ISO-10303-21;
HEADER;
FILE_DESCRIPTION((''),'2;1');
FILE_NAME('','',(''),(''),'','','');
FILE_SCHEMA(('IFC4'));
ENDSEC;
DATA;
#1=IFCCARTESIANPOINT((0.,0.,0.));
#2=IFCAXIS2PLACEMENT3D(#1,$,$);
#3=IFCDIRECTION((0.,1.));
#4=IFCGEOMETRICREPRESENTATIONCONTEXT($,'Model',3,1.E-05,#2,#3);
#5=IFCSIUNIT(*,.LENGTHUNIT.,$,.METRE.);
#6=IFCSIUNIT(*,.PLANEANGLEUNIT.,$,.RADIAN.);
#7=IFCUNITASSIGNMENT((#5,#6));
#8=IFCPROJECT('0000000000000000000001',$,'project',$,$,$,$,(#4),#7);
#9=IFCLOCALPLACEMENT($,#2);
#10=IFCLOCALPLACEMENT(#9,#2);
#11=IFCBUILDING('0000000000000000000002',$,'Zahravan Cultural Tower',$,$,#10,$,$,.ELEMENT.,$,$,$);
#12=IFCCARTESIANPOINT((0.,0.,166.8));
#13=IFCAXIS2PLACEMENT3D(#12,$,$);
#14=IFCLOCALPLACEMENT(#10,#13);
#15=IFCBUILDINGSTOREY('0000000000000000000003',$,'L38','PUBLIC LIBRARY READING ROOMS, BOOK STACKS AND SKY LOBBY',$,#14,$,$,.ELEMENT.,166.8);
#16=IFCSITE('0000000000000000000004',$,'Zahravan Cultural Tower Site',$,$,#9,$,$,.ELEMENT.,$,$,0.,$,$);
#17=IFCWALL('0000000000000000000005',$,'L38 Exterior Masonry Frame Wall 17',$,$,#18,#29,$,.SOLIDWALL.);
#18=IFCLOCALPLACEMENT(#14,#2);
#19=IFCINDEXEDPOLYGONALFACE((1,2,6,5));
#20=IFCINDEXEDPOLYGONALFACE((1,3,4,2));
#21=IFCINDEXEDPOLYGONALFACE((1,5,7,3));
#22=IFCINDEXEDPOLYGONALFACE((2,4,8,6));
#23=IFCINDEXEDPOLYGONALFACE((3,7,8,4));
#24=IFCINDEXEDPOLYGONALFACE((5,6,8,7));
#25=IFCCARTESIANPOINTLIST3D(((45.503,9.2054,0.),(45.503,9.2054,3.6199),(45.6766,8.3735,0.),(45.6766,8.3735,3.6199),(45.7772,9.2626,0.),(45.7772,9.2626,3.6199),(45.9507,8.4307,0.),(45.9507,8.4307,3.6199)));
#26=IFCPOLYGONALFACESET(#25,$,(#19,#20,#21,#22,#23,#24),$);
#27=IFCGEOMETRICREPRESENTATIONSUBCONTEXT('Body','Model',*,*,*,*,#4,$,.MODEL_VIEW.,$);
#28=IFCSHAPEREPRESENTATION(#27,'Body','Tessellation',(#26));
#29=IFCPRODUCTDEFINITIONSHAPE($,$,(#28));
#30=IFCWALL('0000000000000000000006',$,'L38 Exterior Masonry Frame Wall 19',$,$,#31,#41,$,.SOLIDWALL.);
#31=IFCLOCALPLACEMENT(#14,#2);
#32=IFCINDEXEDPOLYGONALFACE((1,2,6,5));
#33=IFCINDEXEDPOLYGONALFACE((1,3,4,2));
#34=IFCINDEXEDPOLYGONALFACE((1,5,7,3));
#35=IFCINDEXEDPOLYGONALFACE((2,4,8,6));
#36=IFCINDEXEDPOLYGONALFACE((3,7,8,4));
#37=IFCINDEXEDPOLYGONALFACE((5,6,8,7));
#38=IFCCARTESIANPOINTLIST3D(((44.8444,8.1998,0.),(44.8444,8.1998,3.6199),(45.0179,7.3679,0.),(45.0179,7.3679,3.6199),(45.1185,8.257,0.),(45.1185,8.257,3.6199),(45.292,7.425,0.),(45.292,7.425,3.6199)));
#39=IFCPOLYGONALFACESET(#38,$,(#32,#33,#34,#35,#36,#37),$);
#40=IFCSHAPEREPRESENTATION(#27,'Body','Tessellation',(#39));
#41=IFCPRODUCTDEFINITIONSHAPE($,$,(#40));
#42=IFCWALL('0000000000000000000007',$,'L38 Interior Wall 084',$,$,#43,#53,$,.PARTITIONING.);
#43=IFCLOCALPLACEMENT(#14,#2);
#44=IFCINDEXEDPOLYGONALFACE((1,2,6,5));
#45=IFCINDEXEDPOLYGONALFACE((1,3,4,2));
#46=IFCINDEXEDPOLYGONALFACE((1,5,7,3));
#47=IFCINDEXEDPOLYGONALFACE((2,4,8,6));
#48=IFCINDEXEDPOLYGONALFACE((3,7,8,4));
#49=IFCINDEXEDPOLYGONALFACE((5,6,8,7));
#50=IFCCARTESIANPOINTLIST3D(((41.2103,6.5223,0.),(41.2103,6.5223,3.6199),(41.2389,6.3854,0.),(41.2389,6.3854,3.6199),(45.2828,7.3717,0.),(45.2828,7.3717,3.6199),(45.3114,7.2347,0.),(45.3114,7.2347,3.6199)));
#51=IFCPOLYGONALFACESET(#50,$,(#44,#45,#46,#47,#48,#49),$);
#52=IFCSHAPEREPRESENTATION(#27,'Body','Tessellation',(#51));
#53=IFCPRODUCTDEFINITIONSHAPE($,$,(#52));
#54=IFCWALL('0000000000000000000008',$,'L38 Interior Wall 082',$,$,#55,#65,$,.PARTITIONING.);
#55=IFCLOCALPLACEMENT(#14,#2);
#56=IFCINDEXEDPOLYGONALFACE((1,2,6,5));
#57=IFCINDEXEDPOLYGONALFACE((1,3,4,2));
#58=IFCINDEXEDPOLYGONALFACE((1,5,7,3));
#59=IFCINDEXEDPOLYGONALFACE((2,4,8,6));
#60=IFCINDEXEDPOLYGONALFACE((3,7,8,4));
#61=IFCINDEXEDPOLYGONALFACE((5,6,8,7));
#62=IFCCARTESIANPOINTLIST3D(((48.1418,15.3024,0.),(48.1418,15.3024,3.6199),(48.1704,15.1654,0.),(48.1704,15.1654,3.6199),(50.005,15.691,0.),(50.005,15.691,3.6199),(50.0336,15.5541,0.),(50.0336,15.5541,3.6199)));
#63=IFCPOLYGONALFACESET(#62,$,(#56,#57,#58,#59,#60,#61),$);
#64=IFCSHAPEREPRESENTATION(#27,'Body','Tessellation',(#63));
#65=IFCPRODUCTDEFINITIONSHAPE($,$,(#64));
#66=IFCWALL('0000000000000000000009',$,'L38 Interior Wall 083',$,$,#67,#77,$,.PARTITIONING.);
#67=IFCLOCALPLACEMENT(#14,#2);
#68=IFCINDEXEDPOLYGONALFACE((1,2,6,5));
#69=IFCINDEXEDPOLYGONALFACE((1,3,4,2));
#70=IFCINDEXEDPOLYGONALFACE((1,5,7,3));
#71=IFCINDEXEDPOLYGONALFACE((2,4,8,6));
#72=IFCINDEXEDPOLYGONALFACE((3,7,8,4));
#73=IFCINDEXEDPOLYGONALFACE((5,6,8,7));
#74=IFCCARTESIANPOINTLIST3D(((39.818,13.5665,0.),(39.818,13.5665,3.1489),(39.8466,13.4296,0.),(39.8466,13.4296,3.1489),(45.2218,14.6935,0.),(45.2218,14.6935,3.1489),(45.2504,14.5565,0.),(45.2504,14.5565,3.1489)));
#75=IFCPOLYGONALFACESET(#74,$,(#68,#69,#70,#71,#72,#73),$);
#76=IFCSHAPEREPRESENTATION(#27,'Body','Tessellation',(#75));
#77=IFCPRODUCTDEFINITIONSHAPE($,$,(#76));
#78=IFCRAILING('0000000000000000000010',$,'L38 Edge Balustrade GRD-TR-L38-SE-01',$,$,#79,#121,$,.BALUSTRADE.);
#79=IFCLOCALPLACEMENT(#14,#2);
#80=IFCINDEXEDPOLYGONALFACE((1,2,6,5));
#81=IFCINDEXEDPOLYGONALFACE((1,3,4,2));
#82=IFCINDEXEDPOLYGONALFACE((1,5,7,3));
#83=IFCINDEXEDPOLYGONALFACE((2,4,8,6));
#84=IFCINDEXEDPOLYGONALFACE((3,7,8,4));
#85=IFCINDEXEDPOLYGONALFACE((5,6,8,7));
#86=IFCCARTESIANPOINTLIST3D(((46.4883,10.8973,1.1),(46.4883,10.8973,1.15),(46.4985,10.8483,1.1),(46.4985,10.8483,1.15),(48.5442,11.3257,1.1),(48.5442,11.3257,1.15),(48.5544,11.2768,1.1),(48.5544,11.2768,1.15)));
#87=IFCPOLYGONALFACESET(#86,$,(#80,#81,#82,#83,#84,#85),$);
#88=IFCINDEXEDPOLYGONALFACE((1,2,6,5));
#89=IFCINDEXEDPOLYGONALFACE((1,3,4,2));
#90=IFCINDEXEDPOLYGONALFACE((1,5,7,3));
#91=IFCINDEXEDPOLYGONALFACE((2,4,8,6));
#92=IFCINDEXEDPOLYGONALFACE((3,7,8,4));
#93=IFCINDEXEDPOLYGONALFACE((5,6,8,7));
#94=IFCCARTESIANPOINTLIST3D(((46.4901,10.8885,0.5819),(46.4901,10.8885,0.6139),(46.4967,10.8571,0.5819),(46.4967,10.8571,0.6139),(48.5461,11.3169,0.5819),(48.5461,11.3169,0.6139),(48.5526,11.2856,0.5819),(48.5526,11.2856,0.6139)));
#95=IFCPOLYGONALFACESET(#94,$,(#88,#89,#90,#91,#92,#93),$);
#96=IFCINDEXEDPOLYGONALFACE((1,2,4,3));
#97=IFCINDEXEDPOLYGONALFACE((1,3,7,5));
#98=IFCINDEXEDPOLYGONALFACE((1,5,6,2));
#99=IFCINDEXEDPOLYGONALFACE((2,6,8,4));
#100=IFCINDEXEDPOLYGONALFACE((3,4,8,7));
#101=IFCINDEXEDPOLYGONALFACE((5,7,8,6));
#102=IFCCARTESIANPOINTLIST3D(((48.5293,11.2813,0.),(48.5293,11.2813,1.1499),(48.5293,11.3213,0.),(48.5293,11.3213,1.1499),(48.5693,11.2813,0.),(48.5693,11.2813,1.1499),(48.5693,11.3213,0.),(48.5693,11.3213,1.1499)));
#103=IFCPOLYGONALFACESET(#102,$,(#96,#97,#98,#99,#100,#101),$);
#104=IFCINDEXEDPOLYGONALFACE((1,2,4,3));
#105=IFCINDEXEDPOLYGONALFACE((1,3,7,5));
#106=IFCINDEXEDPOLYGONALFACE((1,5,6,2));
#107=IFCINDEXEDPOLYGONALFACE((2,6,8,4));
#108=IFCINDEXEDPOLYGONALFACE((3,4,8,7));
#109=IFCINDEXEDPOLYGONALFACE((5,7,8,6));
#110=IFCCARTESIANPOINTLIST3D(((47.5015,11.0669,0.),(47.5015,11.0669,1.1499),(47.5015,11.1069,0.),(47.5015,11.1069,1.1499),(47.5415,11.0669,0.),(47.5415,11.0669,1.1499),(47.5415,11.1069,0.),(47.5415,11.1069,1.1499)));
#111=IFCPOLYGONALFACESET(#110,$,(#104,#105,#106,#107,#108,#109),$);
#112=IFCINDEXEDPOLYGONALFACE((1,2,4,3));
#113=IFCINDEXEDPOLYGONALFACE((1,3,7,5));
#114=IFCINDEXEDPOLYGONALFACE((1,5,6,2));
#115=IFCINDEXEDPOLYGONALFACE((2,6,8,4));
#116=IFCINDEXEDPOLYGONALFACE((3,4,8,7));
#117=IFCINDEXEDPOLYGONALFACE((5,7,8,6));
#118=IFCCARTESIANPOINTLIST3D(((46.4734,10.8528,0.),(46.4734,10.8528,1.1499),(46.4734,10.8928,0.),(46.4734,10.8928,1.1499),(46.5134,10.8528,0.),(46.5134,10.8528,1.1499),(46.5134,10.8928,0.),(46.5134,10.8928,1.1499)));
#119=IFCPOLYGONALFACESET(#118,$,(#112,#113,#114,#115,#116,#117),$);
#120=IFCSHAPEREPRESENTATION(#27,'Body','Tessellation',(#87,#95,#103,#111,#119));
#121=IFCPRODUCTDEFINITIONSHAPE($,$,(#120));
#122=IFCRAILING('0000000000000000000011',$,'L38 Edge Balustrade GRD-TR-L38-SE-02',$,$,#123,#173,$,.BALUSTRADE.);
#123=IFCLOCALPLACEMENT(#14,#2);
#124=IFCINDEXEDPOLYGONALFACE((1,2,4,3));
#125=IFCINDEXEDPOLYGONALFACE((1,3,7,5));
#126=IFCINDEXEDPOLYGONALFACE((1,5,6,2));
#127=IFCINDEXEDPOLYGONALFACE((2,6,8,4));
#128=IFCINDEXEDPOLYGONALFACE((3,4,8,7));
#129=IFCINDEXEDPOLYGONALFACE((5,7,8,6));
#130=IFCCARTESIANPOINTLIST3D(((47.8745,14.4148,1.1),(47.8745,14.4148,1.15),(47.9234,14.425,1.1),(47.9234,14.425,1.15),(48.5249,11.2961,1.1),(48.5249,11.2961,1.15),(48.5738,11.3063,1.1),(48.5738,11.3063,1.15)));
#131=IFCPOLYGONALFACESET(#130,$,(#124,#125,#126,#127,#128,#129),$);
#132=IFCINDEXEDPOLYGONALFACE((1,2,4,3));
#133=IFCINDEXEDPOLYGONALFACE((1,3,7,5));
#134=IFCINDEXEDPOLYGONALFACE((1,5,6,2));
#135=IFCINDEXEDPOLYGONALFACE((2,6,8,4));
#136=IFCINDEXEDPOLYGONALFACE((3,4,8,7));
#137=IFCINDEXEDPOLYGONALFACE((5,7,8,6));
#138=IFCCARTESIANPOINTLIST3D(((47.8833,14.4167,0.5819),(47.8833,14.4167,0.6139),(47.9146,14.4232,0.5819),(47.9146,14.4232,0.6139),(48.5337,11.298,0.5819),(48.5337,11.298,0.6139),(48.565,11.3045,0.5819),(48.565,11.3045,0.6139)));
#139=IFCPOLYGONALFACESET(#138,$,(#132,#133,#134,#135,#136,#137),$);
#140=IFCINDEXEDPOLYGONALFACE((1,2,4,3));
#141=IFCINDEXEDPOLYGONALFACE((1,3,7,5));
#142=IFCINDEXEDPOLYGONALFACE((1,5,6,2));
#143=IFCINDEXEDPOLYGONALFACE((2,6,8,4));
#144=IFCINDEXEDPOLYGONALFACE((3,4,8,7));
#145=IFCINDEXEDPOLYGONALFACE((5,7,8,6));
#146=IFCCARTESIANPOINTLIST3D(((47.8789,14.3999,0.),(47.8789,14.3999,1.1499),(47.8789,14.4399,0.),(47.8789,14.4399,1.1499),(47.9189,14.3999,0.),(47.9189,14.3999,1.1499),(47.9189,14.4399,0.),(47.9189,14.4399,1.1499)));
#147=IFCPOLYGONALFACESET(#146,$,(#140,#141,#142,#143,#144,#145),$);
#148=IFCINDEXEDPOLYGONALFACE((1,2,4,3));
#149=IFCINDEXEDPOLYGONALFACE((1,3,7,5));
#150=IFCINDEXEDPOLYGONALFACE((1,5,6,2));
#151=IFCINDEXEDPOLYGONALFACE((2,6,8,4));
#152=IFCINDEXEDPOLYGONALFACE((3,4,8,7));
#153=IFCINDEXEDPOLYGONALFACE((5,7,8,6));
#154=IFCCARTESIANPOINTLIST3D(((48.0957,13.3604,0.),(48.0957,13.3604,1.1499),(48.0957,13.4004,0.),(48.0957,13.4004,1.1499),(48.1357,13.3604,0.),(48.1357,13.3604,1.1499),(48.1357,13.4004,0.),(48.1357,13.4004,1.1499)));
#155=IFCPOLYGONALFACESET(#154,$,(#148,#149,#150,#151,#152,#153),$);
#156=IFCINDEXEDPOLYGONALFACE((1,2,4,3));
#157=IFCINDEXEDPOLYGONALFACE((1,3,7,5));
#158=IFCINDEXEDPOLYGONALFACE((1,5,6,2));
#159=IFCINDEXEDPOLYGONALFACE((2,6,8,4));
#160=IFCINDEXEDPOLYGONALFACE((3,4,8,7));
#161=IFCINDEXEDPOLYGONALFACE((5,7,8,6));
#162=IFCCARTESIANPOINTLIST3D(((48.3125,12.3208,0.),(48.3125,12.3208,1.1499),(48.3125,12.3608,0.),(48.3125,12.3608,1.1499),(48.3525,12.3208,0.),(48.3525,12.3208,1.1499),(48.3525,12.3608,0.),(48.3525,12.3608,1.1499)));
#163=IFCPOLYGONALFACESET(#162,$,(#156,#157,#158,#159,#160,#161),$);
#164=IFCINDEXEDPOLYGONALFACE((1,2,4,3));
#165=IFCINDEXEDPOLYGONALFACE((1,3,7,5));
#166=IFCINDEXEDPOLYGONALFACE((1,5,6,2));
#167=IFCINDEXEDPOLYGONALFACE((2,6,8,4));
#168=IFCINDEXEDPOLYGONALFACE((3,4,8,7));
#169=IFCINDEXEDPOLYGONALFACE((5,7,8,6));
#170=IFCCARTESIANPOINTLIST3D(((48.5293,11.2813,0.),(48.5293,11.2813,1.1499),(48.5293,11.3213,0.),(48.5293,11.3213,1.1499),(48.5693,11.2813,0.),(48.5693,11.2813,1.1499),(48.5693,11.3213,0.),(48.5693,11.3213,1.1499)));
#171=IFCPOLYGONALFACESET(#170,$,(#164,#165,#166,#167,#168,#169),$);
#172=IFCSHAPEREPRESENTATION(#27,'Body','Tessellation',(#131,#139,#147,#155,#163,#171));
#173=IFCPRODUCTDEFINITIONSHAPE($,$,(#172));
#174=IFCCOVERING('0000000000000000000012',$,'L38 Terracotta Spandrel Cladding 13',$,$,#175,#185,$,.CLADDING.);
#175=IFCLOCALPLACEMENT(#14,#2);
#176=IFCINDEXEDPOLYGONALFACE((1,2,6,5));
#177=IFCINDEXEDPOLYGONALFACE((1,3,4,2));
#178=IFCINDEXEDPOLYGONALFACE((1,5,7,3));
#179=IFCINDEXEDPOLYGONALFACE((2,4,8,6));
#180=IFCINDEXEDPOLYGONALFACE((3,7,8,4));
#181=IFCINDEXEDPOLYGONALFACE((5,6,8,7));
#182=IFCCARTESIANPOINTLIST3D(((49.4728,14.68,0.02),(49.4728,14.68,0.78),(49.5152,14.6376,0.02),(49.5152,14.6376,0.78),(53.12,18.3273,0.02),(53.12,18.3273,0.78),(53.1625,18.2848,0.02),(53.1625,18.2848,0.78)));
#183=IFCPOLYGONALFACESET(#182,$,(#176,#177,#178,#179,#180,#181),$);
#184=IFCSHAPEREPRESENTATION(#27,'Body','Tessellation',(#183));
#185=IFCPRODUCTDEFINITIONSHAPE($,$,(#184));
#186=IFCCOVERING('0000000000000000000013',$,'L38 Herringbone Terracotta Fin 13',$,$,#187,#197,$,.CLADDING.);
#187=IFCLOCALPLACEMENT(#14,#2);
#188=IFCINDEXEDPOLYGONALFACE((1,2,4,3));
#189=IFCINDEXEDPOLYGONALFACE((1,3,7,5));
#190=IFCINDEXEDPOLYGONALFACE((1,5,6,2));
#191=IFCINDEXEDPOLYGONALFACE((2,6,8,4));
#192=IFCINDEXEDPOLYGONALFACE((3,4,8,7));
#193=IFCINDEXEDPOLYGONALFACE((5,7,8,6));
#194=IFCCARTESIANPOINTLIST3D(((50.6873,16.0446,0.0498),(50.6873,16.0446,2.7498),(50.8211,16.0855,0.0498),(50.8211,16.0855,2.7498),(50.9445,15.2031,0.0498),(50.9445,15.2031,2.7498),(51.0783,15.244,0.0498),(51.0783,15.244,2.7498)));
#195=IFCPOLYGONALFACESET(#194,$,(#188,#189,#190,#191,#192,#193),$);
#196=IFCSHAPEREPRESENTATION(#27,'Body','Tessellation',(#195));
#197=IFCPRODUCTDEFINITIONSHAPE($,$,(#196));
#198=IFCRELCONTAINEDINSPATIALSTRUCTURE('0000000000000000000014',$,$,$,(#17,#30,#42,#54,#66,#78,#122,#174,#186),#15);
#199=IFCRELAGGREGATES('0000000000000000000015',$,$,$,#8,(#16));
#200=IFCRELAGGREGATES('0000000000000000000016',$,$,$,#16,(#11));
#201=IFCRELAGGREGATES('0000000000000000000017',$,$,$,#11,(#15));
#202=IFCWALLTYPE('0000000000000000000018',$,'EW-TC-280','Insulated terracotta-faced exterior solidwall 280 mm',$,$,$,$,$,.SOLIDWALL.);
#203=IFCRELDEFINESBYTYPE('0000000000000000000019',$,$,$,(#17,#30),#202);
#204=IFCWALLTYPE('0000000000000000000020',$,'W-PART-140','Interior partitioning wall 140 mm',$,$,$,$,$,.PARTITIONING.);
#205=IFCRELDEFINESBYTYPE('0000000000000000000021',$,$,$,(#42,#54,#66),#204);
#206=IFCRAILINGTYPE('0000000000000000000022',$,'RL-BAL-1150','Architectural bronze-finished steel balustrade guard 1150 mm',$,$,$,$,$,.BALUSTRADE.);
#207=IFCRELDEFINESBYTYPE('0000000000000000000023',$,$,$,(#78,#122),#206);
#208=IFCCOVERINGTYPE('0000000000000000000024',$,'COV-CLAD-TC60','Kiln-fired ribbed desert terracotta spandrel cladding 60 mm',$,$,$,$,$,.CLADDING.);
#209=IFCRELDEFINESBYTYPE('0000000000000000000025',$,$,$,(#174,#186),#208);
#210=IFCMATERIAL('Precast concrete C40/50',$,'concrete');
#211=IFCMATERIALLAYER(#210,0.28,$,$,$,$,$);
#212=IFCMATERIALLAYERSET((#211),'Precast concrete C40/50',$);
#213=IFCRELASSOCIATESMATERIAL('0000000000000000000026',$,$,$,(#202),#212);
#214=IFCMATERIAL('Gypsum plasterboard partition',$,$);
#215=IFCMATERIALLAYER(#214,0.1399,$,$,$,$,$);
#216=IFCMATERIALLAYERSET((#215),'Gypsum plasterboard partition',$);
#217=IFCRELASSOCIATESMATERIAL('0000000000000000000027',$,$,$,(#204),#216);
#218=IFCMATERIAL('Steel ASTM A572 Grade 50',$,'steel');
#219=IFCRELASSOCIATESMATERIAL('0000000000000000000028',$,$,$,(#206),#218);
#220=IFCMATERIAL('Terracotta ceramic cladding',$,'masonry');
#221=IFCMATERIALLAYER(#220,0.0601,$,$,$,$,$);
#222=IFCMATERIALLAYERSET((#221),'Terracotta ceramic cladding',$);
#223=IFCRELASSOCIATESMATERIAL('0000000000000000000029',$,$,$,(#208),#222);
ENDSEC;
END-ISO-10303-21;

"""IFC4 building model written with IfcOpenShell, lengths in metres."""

from ifc_helpers import new_model, si_unit, direction, frame, frame_2d, origin, origin_2d, place, context, subcontext, project, spatial, rectangle, extrude, source, transform, mapped, material, layer, layer_set, type_object, element, save


model = new_model("IFC4")

# Units and contexts
model_context = context("Model", 3, precision=1e-05, world=origin(), true_north=direction((0.0, 1.0)))
body_context = subcontext(model_context, "Body", "Model", "MODEL_VIEW")
ifc_project = project(units=[si_unit("LENGTHUNIT", "METRE"), si_unit("PLANEANGLEUNIT", "RADIAN")], contexts=[model_context])

# Site, building, storey
site_placement = place(None, origin())
site = spatial("IfcSite", under=ifc_project, at=site_placement, Name="Zahravan Cultural Tower Site", CompositionType="ELEMENT", RefElevation=0.0)
building_placement = place(site_placement, origin())
building = spatial("IfcBuilding", under=site, at=building_placement, Name="Zahravan Cultural Tower", CompositionType="ELEMENT")
storey_placement = place(building_placement, frame((0.0, 0.0, 166.8)))
storey = spatial("IfcBuildingStorey", under=building, at=storey_placement, Name="L38", Description="PUBLIC LIBRARY READING ROOMS, BOOK STACKS AND SKY LOBBY", CompositionType="ELEMENT", Elevation=166.8)

# Shared definitions
ifc_material_1 = material(Name="Precast concrete C40/50", Category="concrete")
ifc_layer_1 = layer(ifc_material_1, 0.28)
ifc_layer_set_1 = layer_set([ifc_layer_1], Name="Precast concrete C40/50")
wall_type_1 = type_object("IfcWallType", Name="EW-TC-280", Description="Insulated terracotta-faced exterior solidwall 280 mm", PredefinedType="SOLIDWALL", material=ifc_layer_set_1)

# Walls
shared_shape_1 = source(origin(), body_context, "Body", "SweptSolid", [
    extrude(rectangle(XDim=0.8499, YDim=0.28, at=frame_2d((0.4248, 0.0))), origin(), (0.0, 0.0, 1.0), 3.6199),
])
for number, where, z_axis, x_axis, name in (
    (1, (45.6401, 9.2339, 0.0), (0.0, 0.0, 1.0), (0.20423, -0.978923, 0.0), "L38 Exterior Masonry Frame Wall 17"),
    (2, (44.9814, 8.2283, 0.0), (0.0, 0.0, 1.0), (0.20423, -0.978923, 0.0), "L38 Exterior Masonry Frame Wall 19"),
):
    element("IfcWall", number, at=place(storey_placement, frame(where, z_axis=z_axis, x_axis=x_axis)), inside=storey, type_object=wall_type_1, Name=name, PredefinedType="SOLIDWALL", context=body_context, shape_type="MappedRepresentation", body=[
        mapped(shared_shape_1, transform((0.0, 0.0, 0.0), x_axis=(1.0, 0.0, 0.0), y_axis=(0.0, 1.0, 0.0), z_axis=(0.0, 0.0, 1.0), scale=1.0)),
    ])
ifc_material_2 = material(Name="Gypsum plasterboard partition")
ifc_layer_2 = layer(ifc_material_2, 0.1399)
ifc_layer_set_2 = layer_set([ifc_layer_2], Name="Gypsum plasterboard partition")
wall_type_2 = type_object("IfcWallType", Name="W-PART-140", Description="Interior partitioning wall 140 mm", PredefinedType="PARTITIONING", material=ifc_layer_set_2)
shared_shape_2 = source(origin(), body_context, "Body", "SweptSolid", [
    extrude(rectangle(XDim=4.1602, YDim=0.1399, at=frame_2d((2.0801, 0.0))), origin(), (0.0, 0.0, 1.0), 3.6199),
])
wall_1_placement = place(storey_placement, frame((45.2971, 7.3032, 0.0), z_axis=(0.0, 0.0, 1.0), x_axis=(-0.978936, -0.204168, 0.0)))
element("IfcWall", 3, at=wall_1_placement, inside=storey, type_object=wall_type_2, Name="L38 Interior Wall 084", PredefinedType="PARTITIONING", context=body_context, shape_type="MappedRepresentation", body=[
    mapped(shared_shape_2, transform((0.0, 0.0, 0.0), x_axis=(1.0, 0.0, 0.0), y_axis=(0.0, 1.0, 0.0), z_axis=(0.0, 0.0, 1.0), scale=1.0)),
])
shared_shape_3 = source(origin(), body_context, "Body", "SweptSolid", [
    extrude(rectangle(XDim=1.9033, YDim=0.1399, at=frame_2d((0.9517, 0.0))), origin(), (0.0, 0.0, 1.0), 3.6199),
])
wall_2_placement = place(storey_placement, frame((50.0193, 15.6226, 0.0), z_axis=(0.0, 0.0, 1.0), x_axis=(-0.978929, -0.2042, 0.0)))
element("IfcWall", 4, at=wall_2_placement, inside=storey, type_object=wall_type_2, Name="L38 Interior Wall 082", PredefinedType="PARTITIONING", context=body_context, shape_type="MappedRepresentation", body=[
    mapped(shared_shape_3, transform((0.0, 0.0, 0.0), x_axis=(1.0, 0.0, 0.0), y_axis=(0.0, 1.0, 0.0), z_axis=(0.0, 0.0, 1.0), scale=1.0)),
])
shared_shape_4 = source(origin(), body_context, "Body", "SweptSolid", [
    extrude(rectangle(XDim=5.52, YDim=0.1399, at=frame_2d((2.76, 0.0))), origin(), (0.0, 0.0, 1.0), 3.1489),
])
wall_3_placement = place(storey_placement, frame((45.2361, 14.625, 0.0), z_axis=(0.0, 0.0, 1.0), x_axis=(-0.978938, -0.204156, 0.0)))
element("IfcWall", 5, at=wall_3_placement, inside=storey, type_object=wall_type_2, Name="L38 Interior Wall 083", PredefinedType="PARTITIONING", context=body_context, shape_type="MappedRepresentation", body=[
    mapped(shared_shape_4, transform((0.0, 0.0, 0.0), x_axis=(1.0, 0.0, 0.0), y_axis=(0.0, 1.0, 0.0), z_axis=(0.0, 0.0, 1.0), scale=1.0)),
])

# Railings
ifc_material_3 = material(Name="Steel ASTM A572 Grade 50", Category="steel")
railing_type = type_object("IfcRailingType", Name="RL-BAL-1150", Description="Architectural bronze-finished steel balustrade guard 1150 mm", PredefinedType="BALUSTRADE", material=ifc_material_3)
railing_1_placement = place(storey_placement, frame((48.5493, 11.3013, 0.0)))
element("IfcRailing", 6, at=railing_1_placement, inside=storey, type_object=railing_type, Name="L38 Edge Balustrade GRD-TR-L38-SE-01", PredefinedType="BALUSTRADE", context=body_context, shape_type="SweptSolid", body=[
    extrude(rectangle(XDim=0.05, YDim=0.05, at=origin_2d()), frame((0.0, 0.0, 1.125), z_axis=(-0.978966, -0.204024, 0.0), x_axis=(0.204024, -0.978966, 0.0)), (0.0, 0.0, 1.0), 2.1001),
    extrude(rectangle(XDim=0.032, YDim=0.032, at=origin_2d()), frame((0.0, 0.0, 0.5979), z_axis=(-0.978966, -0.204024, 0.0), x_axis=(0.204024, -0.978966, 0.0)), (0.0, 0.0, 1.0), 2.1001),
    extrude(rectangle(XDim=0.04, YDim=0.04, at=origin_2d()), origin(), (0.0, 0.0, 1.0), 1.1499),
    extrude(rectangle(XDim=0.04, YDim=0.04, at=origin_2d()), frame((-1.0278, -0.2144, 0.0)), (0.0, 0.0, 1.0), 1.1499),
    extrude(rectangle(XDim=0.04, YDim=0.04, at=origin_2d()), frame((-2.0559, -0.4285, 0.0)), (0.0, 0.0, 1.0), 1.1499),
])
railing_2_placement = place(storey_placement, frame((47.8989, 14.4199, 0.0)))
element("IfcRailing", 7, at=railing_2_placement, inside=storey, type_object=railing_type, Name="L38 Edge Balustrade GRD-TR-L38-SE-02", PredefinedType="BALUSTRADE", context=body_context, shape_type="SweptSolid", body=[
    extrude(rectangle(XDim=0.05, YDim=0.05, at=origin_2d()), frame((0.0, 0.0, 1.125), z_axis=(0.204156, -0.978938, 0.0), x_axis=(0.978938, 0.204156, 0.0)), (0.0, 0.0, 1.0), 3.1858),
    extrude(rectangle(XDim=0.032, YDim=0.032, at=origin_2d()), frame((0.0, 0.0, 0.5979), z_axis=(0.204156, -0.978938, 0.0), x_axis=(0.978938, 0.204156, 0.0)), (0.0, 0.0, 1.0), 3.1858),
    extrude(rectangle(XDim=0.04, YDim=0.04, at=origin_2d()), origin(), (0.0, 0.0, 1.0), 1.1499),
    extrude(rectangle(XDim=0.04, YDim=0.04, at=origin_2d()), frame((0.2168, -1.0396, 0.0)), (0.0, 0.0, 1.0), 1.1499),
    extrude(rectangle(XDim=0.04, YDim=0.04, at=origin_2d()), frame((0.4336, -2.0791, 0.0)), (0.0, 0.0, 1.0), 1.1499),
    extrude(rectangle(XDim=0.04, YDim=0.04, at=origin_2d()), frame((0.6504, -3.1187, 0.0)), (0.0, 0.0, 1.0), 1.1499),
])

# Coverings
ifc_material_4 = material(Name="Terracotta ceramic cladding", Category="masonry")
ifc_layer_3 = layer(ifc_material_4, 0.0601)
ifc_layer_set_3 = layer_set([ifc_layer_3], Name="Terracotta ceramic cladding")
covering_type = type_object("IfcCoveringType", Name="COV-CLAD-TC60", Description="Kiln-fired ribbed desert terracotta spandrel cladding 60 mm", PredefinedType="CLADDING", material=ifc_layer_set_3)
shared_shape_5 = source(origin(), body_context, "Body", "SweptSolid", [
    extrude(rectangle(XDim=5.158, YDim=0.0601, at=origin_2d()), origin(), (0.0, 0.0, 1.0), 0.76),
])
covering_1_placement = place(storey_placement, frame((51.3176, 16.4824, 0.02), z_axis=(0.0, 0.0, 1.0), x_axis=(-0.707107, -0.707107, 0.0)))
element("IfcCovering", 8, at=covering_1_placement, inside=storey, type_object=covering_type, Name="L38 Terracotta Spandrel Cladding 13", PredefinedType="CLADDING", context=body_context, shape_type="MappedRepresentation", body=[
    mapped(shared_shape_5, transform((0.0, 0.0, 0.0), x_axis=(1.0, 0.0, 0.0), y_axis=(0.0, 1.0, 0.0), z_axis=(0.0, 0.0, 1.0), scale=1.0)),
])
shared_shape_6 = source(origin(), body_context, "Body", "SweptSolid", [
    extrude(rectangle(XDim=0.8799, YDim=0.1399, at=origin_2d()), origin(), (0.0, 0.0, 1.0), 2.7),
])
for number, where, z_axis, x_axis, name in (
    (9, (50.8828, 15.6443, 0.0498), (0.0, 0.0, 1.0), (0.292372, -0.956305, 0.0), "L38 Herringbone Terracotta Fin 13"),
):
    element("IfcCovering", number, at=place(storey_placement, frame(where, z_axis=z_axis, x_axis=x_axis)), inside=storey, type_object=covering_type, Name=name, PredefinedType="CLADDING", context=body_context, shape_type="MappedRepresentation", body=[
        mapped(shared_shape_6, transform((0.0, 0.0, 0.0), x_axis=(1.0, 0.0, 0.0), y_axis=(0.0, 1.0, 0.0), z_axis=(0.0, 0.0, 1.0), scale=1.0)),
    ])

save(model, "model.ifc")
